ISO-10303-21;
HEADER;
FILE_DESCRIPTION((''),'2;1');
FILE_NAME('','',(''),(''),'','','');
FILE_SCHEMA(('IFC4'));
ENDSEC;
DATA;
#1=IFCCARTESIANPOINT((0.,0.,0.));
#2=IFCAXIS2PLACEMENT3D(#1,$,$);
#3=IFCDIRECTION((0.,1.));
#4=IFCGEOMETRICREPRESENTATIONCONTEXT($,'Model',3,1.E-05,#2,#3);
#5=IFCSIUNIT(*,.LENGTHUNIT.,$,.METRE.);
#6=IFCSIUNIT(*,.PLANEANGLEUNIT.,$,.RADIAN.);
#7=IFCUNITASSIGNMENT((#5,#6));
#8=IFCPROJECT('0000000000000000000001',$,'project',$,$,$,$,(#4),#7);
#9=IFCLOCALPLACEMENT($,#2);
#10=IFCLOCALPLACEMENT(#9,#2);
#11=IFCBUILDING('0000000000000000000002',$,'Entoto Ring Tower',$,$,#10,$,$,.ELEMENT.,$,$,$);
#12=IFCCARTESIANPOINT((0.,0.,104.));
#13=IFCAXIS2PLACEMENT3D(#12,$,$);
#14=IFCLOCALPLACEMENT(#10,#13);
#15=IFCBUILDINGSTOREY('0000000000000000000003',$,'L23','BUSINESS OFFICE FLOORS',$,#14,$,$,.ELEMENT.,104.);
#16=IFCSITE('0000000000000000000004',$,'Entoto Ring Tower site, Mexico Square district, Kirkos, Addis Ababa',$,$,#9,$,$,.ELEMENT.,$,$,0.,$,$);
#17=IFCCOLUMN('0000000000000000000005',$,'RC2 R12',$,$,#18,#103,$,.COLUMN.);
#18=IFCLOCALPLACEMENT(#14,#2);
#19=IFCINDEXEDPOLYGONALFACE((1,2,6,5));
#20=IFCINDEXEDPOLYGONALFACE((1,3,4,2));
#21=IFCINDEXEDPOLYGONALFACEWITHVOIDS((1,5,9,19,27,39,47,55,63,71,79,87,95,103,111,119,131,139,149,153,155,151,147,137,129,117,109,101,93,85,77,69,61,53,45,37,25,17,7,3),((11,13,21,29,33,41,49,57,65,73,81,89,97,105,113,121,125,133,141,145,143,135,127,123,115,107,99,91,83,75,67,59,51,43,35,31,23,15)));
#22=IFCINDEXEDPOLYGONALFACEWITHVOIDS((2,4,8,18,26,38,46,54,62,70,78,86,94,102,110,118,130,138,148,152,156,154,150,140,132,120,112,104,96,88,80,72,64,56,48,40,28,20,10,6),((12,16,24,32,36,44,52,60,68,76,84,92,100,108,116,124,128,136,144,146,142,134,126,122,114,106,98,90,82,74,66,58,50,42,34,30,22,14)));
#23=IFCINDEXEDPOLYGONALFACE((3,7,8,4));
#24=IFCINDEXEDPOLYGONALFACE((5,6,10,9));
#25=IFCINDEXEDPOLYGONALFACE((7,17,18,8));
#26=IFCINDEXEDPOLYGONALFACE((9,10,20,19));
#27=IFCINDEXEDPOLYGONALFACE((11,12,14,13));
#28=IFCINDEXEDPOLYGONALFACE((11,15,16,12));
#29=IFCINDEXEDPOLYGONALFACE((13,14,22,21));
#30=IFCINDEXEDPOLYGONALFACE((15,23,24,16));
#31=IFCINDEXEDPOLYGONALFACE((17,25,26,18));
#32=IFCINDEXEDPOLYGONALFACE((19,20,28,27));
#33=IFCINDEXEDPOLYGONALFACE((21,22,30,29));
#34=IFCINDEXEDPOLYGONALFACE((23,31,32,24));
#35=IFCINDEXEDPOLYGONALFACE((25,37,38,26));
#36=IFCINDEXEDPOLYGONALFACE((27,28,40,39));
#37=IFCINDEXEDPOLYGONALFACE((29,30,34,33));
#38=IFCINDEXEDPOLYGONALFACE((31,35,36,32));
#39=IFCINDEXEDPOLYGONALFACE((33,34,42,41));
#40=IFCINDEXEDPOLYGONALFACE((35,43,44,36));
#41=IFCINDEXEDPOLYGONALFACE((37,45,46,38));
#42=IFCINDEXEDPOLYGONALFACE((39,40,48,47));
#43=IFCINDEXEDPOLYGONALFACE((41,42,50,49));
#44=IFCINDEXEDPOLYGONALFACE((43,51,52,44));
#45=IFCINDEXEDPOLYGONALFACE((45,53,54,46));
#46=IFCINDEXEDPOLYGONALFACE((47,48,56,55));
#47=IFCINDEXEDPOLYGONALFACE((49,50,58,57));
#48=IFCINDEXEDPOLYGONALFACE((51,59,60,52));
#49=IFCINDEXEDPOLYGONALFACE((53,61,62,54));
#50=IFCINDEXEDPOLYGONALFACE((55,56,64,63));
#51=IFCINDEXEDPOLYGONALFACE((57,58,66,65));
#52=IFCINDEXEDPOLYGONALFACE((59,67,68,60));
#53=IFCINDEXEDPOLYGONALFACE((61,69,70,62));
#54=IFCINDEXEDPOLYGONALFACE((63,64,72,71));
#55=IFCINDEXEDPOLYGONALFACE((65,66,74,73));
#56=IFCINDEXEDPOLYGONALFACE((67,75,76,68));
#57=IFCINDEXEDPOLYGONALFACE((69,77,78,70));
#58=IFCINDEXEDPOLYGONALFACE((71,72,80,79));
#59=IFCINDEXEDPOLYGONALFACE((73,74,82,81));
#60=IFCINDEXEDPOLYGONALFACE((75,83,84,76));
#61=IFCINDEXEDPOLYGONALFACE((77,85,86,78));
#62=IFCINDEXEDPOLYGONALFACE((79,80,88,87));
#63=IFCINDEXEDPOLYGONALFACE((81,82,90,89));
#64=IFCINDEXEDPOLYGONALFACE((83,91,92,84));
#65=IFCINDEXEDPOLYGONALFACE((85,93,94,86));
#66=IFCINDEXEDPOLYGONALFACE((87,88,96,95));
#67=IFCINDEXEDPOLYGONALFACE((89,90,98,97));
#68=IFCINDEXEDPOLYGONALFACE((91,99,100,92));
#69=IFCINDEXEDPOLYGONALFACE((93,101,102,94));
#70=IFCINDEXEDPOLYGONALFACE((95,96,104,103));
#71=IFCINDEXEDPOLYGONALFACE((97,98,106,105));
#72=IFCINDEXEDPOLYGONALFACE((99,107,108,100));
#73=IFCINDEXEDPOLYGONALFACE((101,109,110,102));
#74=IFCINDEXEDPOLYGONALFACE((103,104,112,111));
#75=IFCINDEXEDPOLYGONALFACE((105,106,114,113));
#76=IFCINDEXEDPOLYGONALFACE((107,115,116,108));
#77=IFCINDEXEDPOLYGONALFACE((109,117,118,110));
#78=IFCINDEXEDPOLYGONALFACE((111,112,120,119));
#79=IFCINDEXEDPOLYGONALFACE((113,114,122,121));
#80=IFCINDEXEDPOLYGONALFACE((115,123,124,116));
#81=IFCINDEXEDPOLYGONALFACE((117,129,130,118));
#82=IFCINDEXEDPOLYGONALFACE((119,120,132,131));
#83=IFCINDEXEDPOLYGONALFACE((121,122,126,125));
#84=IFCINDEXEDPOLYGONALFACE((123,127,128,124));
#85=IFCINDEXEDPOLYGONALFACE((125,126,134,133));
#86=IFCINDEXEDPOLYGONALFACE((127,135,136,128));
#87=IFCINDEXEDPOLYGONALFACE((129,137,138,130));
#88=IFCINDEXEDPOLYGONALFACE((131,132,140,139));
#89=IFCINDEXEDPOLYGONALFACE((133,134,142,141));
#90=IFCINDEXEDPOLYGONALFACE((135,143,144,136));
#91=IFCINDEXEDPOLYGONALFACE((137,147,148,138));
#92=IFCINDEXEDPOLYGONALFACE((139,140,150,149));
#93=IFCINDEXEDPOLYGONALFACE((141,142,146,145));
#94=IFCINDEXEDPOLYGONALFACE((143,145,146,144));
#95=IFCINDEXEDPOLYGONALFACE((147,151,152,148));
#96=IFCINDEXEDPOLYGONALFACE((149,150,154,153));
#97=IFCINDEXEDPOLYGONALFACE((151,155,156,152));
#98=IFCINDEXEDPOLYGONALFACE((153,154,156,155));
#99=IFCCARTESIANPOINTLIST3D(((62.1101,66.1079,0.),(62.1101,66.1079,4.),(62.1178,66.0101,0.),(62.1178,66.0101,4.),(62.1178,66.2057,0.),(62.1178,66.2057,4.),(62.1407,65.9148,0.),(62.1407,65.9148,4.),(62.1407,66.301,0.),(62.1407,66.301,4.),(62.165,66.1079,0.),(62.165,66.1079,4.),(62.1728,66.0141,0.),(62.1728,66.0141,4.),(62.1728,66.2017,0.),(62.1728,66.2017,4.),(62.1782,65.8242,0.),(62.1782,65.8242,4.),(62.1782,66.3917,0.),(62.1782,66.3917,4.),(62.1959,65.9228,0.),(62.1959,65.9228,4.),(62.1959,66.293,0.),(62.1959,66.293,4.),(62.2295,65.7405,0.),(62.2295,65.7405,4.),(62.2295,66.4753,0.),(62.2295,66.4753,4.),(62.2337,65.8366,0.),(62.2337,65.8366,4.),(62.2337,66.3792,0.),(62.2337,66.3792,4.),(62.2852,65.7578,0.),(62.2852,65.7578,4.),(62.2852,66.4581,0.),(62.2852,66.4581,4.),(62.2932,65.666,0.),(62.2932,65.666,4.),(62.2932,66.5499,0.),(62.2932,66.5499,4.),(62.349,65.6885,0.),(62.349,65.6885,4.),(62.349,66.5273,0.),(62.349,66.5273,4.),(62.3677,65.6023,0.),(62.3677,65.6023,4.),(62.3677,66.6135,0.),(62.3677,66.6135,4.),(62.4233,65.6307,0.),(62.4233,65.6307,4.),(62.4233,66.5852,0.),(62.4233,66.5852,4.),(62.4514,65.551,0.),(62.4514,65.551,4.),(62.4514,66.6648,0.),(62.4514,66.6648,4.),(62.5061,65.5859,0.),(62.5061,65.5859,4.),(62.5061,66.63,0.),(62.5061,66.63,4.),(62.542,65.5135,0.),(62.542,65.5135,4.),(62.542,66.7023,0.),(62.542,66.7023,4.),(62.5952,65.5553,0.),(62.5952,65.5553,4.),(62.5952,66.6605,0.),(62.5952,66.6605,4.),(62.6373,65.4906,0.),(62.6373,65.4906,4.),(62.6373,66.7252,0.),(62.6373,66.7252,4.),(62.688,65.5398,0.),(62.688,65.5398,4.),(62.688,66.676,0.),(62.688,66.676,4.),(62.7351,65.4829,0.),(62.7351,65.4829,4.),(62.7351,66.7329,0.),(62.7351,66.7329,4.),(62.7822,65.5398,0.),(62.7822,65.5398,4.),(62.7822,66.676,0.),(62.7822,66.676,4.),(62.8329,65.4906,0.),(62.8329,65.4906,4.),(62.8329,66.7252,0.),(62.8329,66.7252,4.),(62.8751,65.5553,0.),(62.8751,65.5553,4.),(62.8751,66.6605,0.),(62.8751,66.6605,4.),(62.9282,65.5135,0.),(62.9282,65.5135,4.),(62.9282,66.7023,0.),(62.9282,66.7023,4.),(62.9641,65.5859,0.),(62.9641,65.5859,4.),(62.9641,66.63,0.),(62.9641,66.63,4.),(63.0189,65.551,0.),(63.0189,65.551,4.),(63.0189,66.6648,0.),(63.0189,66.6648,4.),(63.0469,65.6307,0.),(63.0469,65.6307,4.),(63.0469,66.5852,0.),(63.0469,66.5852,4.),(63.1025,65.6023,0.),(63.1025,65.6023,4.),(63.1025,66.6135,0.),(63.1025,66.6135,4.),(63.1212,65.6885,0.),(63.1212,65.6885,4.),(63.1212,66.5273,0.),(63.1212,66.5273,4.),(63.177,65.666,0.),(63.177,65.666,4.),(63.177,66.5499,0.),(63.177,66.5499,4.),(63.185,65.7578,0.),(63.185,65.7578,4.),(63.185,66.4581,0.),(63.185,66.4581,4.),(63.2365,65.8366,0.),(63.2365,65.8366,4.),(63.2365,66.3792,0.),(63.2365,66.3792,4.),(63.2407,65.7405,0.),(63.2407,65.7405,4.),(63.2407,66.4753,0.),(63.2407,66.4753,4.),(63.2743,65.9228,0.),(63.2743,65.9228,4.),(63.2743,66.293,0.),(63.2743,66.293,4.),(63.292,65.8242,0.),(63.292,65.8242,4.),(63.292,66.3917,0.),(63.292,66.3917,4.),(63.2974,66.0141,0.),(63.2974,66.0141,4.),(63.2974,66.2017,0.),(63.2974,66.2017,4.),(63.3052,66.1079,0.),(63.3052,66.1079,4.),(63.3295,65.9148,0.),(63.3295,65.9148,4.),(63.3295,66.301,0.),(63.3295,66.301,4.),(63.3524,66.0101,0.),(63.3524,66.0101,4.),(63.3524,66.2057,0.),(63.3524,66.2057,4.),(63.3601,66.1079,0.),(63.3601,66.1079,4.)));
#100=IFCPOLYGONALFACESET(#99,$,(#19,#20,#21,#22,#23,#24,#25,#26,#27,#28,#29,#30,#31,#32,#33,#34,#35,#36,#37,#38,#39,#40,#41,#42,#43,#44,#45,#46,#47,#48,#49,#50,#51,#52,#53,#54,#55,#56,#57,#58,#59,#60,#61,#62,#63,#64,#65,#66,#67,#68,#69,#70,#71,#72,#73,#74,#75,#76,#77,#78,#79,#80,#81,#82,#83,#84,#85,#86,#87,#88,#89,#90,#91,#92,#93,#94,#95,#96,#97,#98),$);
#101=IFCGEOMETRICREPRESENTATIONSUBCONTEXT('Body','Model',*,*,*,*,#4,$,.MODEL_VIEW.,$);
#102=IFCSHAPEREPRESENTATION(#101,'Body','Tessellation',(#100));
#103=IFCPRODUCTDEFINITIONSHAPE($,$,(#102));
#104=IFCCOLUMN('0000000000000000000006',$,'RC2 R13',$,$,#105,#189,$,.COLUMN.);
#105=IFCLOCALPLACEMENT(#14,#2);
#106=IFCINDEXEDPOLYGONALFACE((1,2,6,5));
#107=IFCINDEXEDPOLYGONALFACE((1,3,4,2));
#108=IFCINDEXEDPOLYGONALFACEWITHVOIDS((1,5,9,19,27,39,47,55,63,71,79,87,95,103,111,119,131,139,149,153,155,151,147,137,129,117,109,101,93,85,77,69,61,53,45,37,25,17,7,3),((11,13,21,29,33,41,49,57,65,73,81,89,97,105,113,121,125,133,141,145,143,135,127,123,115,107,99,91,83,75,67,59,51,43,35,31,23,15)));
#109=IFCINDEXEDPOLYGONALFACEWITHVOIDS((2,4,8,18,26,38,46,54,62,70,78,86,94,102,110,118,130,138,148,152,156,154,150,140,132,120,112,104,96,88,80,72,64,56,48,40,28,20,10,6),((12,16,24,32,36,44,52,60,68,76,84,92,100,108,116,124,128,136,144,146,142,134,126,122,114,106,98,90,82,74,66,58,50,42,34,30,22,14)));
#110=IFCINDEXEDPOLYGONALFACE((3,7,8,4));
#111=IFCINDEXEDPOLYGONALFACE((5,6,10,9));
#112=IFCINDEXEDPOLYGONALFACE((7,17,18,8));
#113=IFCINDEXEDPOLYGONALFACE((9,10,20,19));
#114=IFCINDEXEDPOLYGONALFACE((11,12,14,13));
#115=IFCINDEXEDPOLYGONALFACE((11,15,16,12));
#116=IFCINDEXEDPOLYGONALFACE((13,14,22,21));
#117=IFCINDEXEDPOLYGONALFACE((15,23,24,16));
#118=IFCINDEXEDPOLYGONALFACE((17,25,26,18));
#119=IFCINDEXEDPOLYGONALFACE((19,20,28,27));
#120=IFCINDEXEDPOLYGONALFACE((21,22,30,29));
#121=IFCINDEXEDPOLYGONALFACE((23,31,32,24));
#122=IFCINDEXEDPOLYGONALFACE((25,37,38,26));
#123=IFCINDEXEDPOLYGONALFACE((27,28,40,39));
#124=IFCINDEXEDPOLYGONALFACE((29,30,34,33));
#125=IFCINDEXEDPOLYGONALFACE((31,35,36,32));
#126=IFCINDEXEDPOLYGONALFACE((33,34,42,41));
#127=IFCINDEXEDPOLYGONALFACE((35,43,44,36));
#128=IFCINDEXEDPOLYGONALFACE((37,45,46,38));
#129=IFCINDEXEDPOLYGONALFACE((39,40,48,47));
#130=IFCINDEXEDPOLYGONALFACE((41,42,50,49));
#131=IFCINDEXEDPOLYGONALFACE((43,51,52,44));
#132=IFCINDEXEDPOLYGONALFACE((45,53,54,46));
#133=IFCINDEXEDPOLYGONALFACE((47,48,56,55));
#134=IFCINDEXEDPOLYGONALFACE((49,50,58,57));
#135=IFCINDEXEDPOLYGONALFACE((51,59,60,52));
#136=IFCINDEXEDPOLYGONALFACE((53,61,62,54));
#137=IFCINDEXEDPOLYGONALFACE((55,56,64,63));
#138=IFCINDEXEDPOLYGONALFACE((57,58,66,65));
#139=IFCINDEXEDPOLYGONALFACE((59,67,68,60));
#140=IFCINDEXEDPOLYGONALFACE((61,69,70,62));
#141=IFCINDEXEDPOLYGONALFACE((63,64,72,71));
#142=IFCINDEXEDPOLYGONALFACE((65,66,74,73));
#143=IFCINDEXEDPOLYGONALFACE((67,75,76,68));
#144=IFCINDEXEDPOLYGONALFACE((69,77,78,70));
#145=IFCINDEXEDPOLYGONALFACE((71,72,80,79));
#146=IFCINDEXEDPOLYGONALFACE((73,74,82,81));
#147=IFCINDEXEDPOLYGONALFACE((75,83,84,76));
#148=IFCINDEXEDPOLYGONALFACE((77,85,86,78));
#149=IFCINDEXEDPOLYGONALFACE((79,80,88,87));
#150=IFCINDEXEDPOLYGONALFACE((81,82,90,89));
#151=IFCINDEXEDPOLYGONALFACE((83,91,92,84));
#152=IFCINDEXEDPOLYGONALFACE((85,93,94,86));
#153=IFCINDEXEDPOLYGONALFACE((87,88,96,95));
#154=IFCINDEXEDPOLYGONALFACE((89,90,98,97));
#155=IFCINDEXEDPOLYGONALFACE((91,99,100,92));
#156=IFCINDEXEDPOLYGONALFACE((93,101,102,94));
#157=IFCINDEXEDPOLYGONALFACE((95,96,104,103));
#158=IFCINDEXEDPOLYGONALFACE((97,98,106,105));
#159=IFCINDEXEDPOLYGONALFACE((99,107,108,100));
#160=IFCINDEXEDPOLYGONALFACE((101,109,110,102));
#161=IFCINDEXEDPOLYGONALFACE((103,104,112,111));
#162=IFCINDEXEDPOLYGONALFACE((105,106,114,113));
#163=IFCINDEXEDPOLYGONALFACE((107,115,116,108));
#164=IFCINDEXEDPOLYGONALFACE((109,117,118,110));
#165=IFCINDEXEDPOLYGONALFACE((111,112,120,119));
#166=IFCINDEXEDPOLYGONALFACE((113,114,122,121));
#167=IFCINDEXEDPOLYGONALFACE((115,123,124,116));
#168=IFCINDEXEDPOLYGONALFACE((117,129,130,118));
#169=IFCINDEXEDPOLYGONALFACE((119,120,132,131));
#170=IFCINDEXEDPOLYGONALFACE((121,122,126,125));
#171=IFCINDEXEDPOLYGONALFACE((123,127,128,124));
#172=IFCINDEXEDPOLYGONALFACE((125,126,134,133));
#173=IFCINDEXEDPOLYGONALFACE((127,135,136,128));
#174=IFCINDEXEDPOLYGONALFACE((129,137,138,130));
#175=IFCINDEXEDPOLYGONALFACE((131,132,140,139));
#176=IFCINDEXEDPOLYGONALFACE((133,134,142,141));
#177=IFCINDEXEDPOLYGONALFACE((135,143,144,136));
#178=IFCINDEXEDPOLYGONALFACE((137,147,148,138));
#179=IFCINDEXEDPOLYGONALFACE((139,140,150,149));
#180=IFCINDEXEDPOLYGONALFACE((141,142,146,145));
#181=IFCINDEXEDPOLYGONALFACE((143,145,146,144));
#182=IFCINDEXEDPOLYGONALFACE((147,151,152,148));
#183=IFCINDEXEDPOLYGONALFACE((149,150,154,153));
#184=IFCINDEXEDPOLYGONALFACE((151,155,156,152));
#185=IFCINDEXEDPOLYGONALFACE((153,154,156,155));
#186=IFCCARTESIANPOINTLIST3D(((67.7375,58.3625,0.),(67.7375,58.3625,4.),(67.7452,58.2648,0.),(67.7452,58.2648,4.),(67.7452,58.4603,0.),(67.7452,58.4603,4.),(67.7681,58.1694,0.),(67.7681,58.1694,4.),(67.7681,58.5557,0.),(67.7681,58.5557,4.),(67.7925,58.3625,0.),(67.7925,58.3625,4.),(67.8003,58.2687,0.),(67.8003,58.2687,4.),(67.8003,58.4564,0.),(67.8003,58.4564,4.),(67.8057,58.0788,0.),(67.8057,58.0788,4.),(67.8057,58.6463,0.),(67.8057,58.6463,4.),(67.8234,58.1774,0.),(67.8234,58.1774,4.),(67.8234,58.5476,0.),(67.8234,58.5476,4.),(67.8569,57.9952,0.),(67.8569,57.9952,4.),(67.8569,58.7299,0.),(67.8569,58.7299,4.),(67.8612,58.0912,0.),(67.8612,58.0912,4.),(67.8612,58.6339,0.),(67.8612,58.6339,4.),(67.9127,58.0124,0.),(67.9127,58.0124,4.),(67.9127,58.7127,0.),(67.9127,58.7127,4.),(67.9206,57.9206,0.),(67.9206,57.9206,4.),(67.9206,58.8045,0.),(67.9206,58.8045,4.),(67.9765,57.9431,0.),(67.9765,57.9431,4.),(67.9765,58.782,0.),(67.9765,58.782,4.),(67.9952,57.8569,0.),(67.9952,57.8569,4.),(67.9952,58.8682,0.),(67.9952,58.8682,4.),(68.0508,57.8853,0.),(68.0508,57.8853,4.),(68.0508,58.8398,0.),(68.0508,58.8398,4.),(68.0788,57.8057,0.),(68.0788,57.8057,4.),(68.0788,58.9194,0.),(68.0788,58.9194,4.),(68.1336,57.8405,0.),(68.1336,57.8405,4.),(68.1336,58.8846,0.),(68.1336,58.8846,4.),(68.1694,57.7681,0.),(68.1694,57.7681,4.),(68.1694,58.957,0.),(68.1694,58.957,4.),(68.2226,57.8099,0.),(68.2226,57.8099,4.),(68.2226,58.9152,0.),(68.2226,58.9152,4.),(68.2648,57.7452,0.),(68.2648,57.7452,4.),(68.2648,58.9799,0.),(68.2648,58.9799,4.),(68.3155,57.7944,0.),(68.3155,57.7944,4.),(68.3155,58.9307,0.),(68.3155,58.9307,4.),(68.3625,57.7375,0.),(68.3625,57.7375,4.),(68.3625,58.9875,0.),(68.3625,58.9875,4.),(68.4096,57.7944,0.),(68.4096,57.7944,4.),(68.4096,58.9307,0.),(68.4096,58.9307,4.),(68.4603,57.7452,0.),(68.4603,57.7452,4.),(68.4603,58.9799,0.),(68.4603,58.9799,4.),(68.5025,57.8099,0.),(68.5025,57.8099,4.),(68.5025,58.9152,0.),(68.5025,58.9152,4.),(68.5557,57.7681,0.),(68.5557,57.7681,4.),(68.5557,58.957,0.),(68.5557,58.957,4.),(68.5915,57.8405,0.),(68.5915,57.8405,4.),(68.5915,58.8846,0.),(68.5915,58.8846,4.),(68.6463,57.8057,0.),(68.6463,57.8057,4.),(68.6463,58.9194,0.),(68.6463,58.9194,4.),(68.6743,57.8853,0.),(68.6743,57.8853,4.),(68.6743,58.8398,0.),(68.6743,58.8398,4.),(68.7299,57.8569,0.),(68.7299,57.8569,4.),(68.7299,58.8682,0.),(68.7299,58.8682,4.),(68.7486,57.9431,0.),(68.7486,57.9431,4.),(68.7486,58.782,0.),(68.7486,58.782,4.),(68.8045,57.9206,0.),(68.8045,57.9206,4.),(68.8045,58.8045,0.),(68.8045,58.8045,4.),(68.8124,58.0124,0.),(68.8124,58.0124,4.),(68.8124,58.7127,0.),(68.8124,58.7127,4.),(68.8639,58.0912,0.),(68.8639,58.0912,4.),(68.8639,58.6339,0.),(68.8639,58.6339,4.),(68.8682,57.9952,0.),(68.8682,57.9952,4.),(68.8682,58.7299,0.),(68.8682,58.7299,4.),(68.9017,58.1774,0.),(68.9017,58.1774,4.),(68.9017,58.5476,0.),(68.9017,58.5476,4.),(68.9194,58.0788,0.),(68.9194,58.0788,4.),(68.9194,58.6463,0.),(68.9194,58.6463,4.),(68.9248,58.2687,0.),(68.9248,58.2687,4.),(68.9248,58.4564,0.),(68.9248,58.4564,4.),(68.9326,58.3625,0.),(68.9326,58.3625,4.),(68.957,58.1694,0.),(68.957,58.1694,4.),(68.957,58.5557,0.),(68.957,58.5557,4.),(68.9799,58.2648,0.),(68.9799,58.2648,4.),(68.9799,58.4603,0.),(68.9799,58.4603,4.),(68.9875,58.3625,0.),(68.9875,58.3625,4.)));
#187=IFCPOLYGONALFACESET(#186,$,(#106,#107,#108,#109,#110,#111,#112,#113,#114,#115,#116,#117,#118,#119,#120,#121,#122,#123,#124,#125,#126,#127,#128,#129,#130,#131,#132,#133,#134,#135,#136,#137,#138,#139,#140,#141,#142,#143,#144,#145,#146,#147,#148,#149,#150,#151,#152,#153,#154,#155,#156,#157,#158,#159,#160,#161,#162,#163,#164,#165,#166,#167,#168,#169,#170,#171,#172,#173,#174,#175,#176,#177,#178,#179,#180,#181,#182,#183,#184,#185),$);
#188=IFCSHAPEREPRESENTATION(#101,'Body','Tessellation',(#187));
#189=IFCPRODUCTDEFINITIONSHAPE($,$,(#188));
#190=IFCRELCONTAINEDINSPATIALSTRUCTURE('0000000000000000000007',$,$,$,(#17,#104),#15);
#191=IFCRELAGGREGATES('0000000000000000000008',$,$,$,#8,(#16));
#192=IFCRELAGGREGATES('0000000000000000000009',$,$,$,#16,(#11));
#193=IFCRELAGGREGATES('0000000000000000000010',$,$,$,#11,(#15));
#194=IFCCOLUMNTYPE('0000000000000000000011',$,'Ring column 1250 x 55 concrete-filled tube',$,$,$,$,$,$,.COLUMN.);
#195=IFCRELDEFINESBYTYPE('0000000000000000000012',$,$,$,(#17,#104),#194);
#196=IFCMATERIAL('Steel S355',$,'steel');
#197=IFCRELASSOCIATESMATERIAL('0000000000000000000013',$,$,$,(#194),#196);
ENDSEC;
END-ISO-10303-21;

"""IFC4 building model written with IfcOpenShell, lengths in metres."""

from ifc_helpers import new_model, si_unit, direction, frame, origin, origin_2d, place, context, subcontext, project, spatial, circle, hollow_circle, extrude, material, material_profile, profile_set, type_object, element, save


model = new_model("IFC4")

# Units and contexts
model_context = context("Model", 3, precision=1e-05, world=origin(), true_north=direction((0.0, 1.0)))
body_context = subcontext(model_context, "Body", "Model", "MODEL_VIEW")
ifc_project = project(units=[si_unit("LENGTHUNIT", "METRE"), si_unit("PLANEANGLEUNIT", "RADIAN")], contexts=[model_context])

# Site, building, storey
site_placement = place(None, origin())
site = spatial("IfcSite", under=ifc_project, at=site_placement, Name="Entoto Ring Tower site, Mexico Square district, Kirkos, Addis Ababa", CompositionType="ELEMENT", RefElevation=0.0)
building_placement = place(site_placement, origin())
building = spatial("IfcBuilding", under=site, at=building_placement, Name="Entoto Ring Tower", CompositionType="ELEMENT")
storey_placement = place(building_placement, frame((0.0, 0.0, 104.0)))
storey = spatial("IfcBuildingStorey", under=building, at=storey_placement, Name="L23", Description="BUSINESS OFFICE FLOORS", CompositionType="ELEMENT", Elevation=104.0)

# Columns
ifc_material_1 = material(Name="Steel S355", Category="steel")
ifc_material_profile_1 = material_profile(ifc_material_1, hollow_circle(Radius=0.625, WallThickness=0.0549, at=origin_2d()), Name="CHS 1250 x 55")
ifc_material_2 = material(Name="Concrete C60/75", Category="concrete")
ifc_material_profile_2 = material_profile(ifc_material_2, circle(Radius=0.5701, at=origin_2d()), Name="Concrete C60/75 infill")
ifc_profile_set_1 = profile_set([ifc_material_profile_1, ifc_material_profile_2], Name="Steel S355")
column_type = type_object("IfcColumnType", Name="Ring column 1250 x 55 concrete-filled tube", PredefinedType="COLUMN", material=ifc_profile_set_1)
for number, where, z_axis, x_axis, name in (
    (1, (62.7351, 66.1079, 0.0), (0.0, 0.0, 1.0), (1.0, 0.0, 0.0), "RC2 R12"),
    (2, (68.3625, 58.3625, 0.0), (0.0, 0.0, 1.0), (1.0, 0.0, 0.0), "RC2 R13"),
):
    element("IfcColumn", number, at=place(storey_placement, frame(where, z_axis=z_axis, x_axis=x_axis)), inside=storey, type_object=column_type, Name=name, PredefinedType="COLUMN", context=body_context, shape_type="SweptSolid", body=[
        extrude(hollow_circle(Radius=0.625, WallThickness=0.0549, at=origin_2d()), origin(), (0.0, 0.0, 1.0), 4.0),
    ])

save(model, "model.ifc")
